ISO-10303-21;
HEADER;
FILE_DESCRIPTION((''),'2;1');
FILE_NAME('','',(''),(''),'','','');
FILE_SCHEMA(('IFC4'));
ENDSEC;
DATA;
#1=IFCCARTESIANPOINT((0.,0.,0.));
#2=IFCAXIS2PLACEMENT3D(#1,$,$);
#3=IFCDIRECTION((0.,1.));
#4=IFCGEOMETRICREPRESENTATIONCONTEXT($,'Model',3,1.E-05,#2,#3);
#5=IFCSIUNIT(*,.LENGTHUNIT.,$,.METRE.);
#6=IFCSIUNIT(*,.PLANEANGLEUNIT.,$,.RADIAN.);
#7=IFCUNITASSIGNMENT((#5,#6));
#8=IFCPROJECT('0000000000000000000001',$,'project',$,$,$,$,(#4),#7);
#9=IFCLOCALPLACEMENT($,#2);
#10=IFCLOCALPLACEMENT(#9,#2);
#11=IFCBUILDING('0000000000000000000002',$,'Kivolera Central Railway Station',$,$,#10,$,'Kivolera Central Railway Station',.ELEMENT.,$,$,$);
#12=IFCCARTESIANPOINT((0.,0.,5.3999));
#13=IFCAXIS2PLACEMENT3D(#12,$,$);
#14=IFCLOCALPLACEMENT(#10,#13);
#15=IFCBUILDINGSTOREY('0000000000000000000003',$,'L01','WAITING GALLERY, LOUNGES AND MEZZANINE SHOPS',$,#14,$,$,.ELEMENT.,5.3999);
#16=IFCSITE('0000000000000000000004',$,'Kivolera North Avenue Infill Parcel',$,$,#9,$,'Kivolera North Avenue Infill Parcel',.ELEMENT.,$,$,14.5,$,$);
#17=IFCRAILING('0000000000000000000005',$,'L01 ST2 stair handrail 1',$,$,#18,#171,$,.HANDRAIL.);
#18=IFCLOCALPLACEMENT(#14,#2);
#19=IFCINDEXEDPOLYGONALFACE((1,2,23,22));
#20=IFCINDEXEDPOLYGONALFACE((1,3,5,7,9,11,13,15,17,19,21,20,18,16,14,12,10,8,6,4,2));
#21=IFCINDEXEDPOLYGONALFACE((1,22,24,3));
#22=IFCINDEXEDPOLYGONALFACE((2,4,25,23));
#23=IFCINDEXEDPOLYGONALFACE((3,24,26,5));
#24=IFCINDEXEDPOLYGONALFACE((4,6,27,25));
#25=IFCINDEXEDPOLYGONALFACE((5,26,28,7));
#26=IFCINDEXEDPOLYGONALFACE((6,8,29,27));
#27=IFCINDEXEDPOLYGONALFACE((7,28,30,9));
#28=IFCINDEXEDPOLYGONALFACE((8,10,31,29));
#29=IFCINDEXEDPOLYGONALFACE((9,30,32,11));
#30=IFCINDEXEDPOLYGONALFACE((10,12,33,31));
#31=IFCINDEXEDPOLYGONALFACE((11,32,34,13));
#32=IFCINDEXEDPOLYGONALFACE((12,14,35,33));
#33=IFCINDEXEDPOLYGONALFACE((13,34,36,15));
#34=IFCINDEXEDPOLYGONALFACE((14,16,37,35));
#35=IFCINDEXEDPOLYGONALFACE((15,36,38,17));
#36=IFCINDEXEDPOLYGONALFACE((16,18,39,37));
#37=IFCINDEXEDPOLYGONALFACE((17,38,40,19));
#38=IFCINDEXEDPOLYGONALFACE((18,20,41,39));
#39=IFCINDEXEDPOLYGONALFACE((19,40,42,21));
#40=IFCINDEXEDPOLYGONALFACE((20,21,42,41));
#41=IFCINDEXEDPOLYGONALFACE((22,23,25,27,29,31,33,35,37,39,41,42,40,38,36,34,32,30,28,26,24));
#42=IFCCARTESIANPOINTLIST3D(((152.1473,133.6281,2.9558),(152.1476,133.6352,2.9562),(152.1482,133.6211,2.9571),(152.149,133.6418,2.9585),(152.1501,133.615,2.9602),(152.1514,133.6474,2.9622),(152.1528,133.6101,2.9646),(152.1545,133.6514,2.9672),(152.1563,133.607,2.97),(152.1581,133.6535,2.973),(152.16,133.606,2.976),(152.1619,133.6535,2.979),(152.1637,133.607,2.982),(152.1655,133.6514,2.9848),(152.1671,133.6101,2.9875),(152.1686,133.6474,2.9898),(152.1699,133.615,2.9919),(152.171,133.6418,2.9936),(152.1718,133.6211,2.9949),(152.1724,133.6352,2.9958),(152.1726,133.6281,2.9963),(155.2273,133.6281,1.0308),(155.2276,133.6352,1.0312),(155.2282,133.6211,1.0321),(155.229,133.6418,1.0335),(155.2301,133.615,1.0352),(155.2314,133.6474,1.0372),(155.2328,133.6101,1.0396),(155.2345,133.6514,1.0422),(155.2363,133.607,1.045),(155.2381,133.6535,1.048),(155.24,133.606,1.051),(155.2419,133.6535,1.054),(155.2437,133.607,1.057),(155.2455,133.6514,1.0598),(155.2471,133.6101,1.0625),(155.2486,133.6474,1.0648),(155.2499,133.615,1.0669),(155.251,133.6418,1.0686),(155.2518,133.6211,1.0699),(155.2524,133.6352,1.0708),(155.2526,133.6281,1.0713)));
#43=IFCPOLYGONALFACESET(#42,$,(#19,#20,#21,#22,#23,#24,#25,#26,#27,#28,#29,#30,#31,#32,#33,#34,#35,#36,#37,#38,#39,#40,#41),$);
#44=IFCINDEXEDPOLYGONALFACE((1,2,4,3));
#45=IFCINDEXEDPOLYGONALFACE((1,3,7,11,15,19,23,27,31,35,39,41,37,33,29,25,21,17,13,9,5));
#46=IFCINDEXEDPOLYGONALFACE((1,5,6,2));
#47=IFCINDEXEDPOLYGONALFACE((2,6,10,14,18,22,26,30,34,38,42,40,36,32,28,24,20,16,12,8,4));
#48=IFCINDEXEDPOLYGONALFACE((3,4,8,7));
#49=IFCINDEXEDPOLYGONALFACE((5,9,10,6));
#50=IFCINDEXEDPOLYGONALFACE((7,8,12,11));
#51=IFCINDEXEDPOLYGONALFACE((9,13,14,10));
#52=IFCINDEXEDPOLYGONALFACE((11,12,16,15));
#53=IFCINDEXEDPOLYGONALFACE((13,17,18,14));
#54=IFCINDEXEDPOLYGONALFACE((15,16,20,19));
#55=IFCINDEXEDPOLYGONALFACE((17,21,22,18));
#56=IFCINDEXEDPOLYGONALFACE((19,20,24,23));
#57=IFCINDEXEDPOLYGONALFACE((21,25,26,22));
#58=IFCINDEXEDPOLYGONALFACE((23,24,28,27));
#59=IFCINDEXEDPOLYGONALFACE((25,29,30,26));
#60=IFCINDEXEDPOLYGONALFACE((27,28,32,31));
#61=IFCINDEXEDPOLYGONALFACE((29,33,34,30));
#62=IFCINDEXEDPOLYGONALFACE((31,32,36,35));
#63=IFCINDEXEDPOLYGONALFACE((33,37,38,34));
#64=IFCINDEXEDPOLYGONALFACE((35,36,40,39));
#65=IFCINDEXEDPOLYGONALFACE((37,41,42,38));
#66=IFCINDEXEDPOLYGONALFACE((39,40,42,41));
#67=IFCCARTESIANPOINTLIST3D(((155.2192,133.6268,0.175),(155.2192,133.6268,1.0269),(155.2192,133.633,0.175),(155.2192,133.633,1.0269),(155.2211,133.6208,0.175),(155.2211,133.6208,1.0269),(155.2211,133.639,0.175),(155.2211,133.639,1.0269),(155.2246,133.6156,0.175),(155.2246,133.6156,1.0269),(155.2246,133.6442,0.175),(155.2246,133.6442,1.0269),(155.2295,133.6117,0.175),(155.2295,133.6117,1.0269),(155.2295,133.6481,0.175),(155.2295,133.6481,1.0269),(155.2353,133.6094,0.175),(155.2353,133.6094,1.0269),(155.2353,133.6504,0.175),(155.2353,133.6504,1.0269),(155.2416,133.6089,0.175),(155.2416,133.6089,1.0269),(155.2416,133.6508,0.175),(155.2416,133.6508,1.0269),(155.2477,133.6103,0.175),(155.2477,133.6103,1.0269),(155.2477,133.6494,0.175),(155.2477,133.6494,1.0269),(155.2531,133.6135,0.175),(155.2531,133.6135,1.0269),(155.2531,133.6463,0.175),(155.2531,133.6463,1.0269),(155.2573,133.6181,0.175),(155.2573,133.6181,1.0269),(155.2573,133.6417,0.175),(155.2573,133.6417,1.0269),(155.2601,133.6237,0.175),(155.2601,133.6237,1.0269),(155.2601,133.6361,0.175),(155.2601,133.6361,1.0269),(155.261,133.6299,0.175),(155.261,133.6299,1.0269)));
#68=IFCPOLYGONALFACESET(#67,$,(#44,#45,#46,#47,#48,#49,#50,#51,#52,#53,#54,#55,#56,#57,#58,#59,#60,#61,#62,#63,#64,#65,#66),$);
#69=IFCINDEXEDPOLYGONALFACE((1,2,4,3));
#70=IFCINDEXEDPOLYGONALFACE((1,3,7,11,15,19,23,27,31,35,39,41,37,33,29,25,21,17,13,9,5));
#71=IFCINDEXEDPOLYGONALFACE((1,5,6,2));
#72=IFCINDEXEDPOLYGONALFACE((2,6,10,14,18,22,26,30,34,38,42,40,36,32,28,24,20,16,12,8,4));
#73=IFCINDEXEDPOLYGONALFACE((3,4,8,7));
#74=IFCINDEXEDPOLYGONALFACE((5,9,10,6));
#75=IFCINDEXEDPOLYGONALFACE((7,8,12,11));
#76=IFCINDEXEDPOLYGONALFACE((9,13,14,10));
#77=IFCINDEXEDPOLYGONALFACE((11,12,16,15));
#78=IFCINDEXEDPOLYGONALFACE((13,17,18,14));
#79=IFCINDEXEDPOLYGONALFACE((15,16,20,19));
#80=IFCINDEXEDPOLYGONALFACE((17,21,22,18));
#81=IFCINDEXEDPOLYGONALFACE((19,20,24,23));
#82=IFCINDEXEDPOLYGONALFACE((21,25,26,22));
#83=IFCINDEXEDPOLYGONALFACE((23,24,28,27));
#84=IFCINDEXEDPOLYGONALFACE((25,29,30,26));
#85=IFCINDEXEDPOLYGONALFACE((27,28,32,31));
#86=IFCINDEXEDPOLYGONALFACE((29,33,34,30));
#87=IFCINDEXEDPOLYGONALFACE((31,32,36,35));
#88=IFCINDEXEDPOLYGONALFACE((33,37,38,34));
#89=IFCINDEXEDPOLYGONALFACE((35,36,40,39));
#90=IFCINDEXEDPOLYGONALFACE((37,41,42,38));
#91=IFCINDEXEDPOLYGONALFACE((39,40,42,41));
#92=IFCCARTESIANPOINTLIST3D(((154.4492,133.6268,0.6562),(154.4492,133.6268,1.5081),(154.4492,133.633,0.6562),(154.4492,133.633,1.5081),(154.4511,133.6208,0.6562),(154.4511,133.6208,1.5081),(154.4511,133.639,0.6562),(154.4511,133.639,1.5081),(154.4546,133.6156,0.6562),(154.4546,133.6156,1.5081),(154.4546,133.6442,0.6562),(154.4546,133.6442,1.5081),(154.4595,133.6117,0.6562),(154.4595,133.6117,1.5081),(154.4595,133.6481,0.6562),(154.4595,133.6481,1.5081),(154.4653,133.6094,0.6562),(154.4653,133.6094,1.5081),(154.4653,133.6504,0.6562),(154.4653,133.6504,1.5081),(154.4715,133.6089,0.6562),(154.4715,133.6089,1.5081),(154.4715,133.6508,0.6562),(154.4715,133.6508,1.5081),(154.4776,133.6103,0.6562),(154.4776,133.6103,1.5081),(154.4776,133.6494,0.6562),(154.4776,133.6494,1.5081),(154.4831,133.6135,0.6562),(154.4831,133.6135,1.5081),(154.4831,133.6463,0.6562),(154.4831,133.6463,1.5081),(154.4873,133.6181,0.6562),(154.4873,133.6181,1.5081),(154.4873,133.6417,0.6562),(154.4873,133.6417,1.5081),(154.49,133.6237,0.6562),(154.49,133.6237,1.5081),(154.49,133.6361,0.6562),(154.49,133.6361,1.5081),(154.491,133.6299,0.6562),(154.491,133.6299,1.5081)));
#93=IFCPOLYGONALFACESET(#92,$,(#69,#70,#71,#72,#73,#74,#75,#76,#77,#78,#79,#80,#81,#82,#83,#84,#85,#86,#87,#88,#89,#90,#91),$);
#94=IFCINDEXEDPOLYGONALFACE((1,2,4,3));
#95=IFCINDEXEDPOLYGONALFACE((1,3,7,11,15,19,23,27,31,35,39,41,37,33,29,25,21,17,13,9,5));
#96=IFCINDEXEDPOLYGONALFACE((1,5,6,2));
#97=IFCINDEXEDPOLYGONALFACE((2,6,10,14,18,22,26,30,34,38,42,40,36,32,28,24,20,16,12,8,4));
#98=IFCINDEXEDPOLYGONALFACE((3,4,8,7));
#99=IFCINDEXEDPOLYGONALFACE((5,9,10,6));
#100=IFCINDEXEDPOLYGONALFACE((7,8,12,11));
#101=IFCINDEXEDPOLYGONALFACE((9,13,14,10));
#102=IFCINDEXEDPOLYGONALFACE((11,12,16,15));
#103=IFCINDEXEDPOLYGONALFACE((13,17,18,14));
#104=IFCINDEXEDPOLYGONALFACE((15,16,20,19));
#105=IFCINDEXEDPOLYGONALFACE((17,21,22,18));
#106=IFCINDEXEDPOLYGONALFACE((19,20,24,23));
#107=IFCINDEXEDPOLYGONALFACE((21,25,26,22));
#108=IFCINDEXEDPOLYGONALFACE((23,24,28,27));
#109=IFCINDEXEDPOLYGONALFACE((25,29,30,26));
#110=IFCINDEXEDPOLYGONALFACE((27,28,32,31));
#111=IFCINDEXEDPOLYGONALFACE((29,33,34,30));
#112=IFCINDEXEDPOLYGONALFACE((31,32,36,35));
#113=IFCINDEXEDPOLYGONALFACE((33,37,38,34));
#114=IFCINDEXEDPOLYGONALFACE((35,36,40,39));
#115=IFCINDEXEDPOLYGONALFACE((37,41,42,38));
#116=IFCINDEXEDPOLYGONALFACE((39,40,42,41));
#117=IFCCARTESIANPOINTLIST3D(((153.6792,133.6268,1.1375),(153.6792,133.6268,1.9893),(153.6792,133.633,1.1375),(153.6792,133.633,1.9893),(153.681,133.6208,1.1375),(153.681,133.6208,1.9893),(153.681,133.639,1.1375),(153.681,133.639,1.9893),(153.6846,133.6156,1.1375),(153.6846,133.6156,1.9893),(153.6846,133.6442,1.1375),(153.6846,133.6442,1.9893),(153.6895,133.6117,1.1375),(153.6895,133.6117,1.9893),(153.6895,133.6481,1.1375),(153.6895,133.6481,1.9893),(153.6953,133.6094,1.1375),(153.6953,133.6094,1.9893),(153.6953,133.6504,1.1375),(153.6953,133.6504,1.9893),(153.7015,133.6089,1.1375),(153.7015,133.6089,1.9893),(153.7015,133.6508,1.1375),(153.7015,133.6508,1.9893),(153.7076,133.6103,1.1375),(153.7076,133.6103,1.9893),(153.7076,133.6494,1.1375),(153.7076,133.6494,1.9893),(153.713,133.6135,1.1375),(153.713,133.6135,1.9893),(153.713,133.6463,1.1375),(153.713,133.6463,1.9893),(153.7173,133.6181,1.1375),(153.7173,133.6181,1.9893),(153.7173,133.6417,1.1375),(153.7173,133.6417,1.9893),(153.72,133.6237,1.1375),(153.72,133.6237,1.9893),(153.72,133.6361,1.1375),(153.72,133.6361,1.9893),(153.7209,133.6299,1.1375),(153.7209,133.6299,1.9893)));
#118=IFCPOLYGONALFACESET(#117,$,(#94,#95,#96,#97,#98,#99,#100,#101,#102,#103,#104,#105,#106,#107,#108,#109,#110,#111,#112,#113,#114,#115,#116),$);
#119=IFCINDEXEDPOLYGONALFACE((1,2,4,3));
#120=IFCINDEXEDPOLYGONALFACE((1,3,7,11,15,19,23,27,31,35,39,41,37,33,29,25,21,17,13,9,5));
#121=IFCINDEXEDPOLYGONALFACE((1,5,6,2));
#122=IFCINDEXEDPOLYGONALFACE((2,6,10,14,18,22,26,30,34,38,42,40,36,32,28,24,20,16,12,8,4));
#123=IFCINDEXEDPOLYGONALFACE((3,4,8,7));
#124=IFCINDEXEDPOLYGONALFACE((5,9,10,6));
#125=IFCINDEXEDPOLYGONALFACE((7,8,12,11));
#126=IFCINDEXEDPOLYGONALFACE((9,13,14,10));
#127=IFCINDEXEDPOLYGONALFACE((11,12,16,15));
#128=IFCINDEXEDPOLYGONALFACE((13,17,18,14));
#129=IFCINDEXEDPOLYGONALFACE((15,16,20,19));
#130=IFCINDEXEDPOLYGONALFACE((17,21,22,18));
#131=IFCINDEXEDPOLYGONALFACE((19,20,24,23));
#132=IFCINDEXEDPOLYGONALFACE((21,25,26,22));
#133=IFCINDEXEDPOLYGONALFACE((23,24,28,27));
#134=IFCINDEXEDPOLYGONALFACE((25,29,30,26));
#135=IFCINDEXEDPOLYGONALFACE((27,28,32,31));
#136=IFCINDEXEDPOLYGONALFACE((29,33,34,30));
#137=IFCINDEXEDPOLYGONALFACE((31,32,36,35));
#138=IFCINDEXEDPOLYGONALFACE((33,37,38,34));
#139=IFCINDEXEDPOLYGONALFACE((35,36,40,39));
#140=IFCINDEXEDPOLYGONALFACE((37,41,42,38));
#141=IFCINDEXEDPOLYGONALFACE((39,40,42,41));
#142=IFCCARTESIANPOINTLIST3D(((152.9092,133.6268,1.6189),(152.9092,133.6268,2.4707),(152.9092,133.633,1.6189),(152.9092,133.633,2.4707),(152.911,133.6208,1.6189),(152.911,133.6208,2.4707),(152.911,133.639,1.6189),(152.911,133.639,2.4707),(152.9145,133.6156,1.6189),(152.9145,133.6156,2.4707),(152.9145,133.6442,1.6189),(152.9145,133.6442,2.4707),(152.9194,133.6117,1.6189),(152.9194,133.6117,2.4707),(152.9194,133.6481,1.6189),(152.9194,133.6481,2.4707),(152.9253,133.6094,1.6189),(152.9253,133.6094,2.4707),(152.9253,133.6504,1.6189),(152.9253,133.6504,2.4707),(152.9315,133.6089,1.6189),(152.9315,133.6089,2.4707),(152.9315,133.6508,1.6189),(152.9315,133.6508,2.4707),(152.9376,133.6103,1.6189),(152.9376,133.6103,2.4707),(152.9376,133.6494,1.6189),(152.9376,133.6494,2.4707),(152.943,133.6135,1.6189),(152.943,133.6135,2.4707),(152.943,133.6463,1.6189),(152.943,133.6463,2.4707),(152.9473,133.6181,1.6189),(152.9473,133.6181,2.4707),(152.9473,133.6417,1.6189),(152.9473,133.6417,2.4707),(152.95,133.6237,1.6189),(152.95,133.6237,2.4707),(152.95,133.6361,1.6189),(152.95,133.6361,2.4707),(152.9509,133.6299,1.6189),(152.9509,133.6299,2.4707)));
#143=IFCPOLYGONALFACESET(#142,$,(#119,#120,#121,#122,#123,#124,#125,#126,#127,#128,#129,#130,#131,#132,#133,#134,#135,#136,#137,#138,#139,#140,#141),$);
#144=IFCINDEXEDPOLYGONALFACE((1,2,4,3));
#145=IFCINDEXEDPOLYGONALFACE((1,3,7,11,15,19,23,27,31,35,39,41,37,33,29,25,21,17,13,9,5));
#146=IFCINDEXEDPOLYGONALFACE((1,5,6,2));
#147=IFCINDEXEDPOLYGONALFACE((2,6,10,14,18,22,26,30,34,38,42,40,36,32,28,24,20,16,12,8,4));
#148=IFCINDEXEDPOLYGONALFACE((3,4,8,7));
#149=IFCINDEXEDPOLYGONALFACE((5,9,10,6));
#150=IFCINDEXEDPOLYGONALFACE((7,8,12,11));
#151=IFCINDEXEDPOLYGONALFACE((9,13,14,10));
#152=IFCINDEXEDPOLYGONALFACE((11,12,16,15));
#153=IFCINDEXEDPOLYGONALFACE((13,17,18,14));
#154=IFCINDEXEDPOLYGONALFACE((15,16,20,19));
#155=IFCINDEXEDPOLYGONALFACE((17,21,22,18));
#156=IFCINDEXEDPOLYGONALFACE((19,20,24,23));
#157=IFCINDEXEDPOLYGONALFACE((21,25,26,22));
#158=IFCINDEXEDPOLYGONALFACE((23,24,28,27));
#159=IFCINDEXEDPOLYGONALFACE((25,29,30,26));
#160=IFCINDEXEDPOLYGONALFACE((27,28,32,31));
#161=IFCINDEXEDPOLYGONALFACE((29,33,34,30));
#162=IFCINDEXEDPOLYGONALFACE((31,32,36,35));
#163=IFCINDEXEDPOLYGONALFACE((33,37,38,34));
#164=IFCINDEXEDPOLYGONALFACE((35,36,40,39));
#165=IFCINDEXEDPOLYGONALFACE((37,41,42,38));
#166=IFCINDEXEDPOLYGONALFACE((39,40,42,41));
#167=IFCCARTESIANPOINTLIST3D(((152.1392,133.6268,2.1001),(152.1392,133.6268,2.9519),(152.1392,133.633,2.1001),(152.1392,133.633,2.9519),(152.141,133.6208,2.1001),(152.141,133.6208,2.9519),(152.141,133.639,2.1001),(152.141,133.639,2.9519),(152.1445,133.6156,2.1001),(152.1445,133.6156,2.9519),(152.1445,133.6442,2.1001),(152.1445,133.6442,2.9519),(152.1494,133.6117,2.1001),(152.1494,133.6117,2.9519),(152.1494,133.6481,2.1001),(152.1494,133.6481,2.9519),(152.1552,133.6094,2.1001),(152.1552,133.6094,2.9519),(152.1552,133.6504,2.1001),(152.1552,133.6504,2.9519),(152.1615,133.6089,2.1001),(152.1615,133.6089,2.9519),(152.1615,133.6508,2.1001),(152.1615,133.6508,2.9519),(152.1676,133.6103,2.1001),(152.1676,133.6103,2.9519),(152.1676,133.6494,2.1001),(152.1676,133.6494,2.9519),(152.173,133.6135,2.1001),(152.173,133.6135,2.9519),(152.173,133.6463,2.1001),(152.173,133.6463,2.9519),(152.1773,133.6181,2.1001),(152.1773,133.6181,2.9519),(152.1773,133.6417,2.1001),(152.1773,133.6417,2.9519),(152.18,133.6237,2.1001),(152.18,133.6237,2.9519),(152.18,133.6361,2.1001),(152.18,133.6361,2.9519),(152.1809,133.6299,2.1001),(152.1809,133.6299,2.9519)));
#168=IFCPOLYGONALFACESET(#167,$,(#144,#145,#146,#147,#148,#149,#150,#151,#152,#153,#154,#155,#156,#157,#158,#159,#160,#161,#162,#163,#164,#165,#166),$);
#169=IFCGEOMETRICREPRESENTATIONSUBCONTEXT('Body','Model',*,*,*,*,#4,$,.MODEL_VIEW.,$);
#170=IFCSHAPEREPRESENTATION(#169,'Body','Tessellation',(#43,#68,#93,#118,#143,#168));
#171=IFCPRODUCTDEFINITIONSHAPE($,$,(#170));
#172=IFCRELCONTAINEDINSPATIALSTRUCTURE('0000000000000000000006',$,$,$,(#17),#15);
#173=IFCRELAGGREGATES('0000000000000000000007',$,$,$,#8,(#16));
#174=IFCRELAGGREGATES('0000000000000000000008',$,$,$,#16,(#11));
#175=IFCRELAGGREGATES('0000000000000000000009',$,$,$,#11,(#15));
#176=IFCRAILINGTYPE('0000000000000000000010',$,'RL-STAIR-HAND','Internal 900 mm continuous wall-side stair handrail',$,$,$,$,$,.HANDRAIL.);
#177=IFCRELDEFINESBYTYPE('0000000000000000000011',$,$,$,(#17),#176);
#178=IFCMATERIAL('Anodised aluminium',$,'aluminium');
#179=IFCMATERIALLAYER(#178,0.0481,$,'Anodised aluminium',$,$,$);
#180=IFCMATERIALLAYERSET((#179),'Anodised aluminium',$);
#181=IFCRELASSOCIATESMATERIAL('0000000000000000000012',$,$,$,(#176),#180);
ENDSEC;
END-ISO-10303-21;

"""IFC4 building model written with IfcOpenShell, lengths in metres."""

from ifc_helpers import new_model, si_unit, direction, frame, origin, origin_2d, place, context, subcontext, project, spatial, circle, extrude, material, layer, layer_set, type_object, element, save


model = new_model("IFC4")

# Units and contexts
model_context = context("Model", 3, precision=1e-05, world=origin(), true_north=direction((0.0, 1.0)))
body_context = subcontext(model_context, "Body", "Model", "MODEL_VIEW")
ifc_project = project(units=[si_unit("LENGTHUNIT", "METRE"), si_unit("PLANEANGLEUNIT", "RADIAN")], contexts=[model_context])

# Site, building, storey
site_placement = place(None, origin())
site = spatial("IfcSite", under=ifc_project, at=site_placement, Name="Kivolera North Avenue Infill Parcel", LongName="Kivolera North Avenue Infill Parcel", CompositionType="ELEMENT", RefElevation=14.5)
building_placement = place(site_placement, origin())
building = spatial("IfcBuilding", under=site, at=building_placement, Name="Kivolera Central Railway Station", LongName="Kivolera Central Railway Station", CompositionType="ELEMENT")
storey_placement = place(building_placement, frame((0.0, 0.0, 5.3999)))
storey = spatial("IfcBuildingStorey", under=building, at=storey_placement, Name="L01", Description="WAITING GALLERY, LOUNGES AND MEZZANINE SHOPS", CompositionType="ELEMENT", Elevation=5.3999)

# Shared definitions
ifc_material_1 = material(Name="Anodised aluminium", Category="aluminium")

# Railing
ifc_layer_1 = layer(ifc_material_1, 0.0481, Name="Anodised aluminium")
ifc_layer_set_1 = layer_set([ifc_layer_1], Name="Anodised aluminium")
railing_type_1 = type_object("IfcRailingType", Name="RL-STAIR-HAND", Description="Internal 900 mm continuous wall-side stair handrail", PredefinedType="HANDRAIL", material=ifc_layer_set_1)
railing_1_placement = place(storey_placement, frame((155.24, 133.6299, 0.175)))
element("IfcRailing", 1, at=railing_1_placement, inside=storey, type_object=railing_type_1, Name="L01 ST2 stair handrail 1", PredefinedType="HANDRAIL", context=body_context, shape_type="SweptSolid", body=[
    extrude(circle(Radius=0.0239, at=origin_2d()), frame((0.0, 0.0, 0.876), z_axis=(-0.847998, 0.0, 0.529999), x_axis=(0.0, -1.0, 0.0)), (0.0, 0.0, 1.0), 3.6321),
    extrude(circle(Radius=0.021, at=origin_2d()), origin(), (0.0, 0.0, 1.0), 0.8518),
    extrude(circle(Radius=0.021, at=origin_2d()), frame((-0.77, 0.0, 0.4812)), (0.0, 0.0, 1.0), 0.8518),
    extrude(circle(Radius=0.021, at=origin_2d()), frame((-1.54, 0.0, 0.9624)), (0.0, 0.0, 1.0), 0.8518),
    extrude(circle(Radius=0.021, at=origin_2d()), frame((-2.3101, 0.0, 1.4438)), (0.0, 0.0, 1.0), 0.8518),
    extrude(circle(Radius=0.021, at=origin_2d()), frame((-3.0801, 0.0, 1.925)), (0.0, 0.0, 1.0), 0.8518),
])

save(model, "model.ifc")
